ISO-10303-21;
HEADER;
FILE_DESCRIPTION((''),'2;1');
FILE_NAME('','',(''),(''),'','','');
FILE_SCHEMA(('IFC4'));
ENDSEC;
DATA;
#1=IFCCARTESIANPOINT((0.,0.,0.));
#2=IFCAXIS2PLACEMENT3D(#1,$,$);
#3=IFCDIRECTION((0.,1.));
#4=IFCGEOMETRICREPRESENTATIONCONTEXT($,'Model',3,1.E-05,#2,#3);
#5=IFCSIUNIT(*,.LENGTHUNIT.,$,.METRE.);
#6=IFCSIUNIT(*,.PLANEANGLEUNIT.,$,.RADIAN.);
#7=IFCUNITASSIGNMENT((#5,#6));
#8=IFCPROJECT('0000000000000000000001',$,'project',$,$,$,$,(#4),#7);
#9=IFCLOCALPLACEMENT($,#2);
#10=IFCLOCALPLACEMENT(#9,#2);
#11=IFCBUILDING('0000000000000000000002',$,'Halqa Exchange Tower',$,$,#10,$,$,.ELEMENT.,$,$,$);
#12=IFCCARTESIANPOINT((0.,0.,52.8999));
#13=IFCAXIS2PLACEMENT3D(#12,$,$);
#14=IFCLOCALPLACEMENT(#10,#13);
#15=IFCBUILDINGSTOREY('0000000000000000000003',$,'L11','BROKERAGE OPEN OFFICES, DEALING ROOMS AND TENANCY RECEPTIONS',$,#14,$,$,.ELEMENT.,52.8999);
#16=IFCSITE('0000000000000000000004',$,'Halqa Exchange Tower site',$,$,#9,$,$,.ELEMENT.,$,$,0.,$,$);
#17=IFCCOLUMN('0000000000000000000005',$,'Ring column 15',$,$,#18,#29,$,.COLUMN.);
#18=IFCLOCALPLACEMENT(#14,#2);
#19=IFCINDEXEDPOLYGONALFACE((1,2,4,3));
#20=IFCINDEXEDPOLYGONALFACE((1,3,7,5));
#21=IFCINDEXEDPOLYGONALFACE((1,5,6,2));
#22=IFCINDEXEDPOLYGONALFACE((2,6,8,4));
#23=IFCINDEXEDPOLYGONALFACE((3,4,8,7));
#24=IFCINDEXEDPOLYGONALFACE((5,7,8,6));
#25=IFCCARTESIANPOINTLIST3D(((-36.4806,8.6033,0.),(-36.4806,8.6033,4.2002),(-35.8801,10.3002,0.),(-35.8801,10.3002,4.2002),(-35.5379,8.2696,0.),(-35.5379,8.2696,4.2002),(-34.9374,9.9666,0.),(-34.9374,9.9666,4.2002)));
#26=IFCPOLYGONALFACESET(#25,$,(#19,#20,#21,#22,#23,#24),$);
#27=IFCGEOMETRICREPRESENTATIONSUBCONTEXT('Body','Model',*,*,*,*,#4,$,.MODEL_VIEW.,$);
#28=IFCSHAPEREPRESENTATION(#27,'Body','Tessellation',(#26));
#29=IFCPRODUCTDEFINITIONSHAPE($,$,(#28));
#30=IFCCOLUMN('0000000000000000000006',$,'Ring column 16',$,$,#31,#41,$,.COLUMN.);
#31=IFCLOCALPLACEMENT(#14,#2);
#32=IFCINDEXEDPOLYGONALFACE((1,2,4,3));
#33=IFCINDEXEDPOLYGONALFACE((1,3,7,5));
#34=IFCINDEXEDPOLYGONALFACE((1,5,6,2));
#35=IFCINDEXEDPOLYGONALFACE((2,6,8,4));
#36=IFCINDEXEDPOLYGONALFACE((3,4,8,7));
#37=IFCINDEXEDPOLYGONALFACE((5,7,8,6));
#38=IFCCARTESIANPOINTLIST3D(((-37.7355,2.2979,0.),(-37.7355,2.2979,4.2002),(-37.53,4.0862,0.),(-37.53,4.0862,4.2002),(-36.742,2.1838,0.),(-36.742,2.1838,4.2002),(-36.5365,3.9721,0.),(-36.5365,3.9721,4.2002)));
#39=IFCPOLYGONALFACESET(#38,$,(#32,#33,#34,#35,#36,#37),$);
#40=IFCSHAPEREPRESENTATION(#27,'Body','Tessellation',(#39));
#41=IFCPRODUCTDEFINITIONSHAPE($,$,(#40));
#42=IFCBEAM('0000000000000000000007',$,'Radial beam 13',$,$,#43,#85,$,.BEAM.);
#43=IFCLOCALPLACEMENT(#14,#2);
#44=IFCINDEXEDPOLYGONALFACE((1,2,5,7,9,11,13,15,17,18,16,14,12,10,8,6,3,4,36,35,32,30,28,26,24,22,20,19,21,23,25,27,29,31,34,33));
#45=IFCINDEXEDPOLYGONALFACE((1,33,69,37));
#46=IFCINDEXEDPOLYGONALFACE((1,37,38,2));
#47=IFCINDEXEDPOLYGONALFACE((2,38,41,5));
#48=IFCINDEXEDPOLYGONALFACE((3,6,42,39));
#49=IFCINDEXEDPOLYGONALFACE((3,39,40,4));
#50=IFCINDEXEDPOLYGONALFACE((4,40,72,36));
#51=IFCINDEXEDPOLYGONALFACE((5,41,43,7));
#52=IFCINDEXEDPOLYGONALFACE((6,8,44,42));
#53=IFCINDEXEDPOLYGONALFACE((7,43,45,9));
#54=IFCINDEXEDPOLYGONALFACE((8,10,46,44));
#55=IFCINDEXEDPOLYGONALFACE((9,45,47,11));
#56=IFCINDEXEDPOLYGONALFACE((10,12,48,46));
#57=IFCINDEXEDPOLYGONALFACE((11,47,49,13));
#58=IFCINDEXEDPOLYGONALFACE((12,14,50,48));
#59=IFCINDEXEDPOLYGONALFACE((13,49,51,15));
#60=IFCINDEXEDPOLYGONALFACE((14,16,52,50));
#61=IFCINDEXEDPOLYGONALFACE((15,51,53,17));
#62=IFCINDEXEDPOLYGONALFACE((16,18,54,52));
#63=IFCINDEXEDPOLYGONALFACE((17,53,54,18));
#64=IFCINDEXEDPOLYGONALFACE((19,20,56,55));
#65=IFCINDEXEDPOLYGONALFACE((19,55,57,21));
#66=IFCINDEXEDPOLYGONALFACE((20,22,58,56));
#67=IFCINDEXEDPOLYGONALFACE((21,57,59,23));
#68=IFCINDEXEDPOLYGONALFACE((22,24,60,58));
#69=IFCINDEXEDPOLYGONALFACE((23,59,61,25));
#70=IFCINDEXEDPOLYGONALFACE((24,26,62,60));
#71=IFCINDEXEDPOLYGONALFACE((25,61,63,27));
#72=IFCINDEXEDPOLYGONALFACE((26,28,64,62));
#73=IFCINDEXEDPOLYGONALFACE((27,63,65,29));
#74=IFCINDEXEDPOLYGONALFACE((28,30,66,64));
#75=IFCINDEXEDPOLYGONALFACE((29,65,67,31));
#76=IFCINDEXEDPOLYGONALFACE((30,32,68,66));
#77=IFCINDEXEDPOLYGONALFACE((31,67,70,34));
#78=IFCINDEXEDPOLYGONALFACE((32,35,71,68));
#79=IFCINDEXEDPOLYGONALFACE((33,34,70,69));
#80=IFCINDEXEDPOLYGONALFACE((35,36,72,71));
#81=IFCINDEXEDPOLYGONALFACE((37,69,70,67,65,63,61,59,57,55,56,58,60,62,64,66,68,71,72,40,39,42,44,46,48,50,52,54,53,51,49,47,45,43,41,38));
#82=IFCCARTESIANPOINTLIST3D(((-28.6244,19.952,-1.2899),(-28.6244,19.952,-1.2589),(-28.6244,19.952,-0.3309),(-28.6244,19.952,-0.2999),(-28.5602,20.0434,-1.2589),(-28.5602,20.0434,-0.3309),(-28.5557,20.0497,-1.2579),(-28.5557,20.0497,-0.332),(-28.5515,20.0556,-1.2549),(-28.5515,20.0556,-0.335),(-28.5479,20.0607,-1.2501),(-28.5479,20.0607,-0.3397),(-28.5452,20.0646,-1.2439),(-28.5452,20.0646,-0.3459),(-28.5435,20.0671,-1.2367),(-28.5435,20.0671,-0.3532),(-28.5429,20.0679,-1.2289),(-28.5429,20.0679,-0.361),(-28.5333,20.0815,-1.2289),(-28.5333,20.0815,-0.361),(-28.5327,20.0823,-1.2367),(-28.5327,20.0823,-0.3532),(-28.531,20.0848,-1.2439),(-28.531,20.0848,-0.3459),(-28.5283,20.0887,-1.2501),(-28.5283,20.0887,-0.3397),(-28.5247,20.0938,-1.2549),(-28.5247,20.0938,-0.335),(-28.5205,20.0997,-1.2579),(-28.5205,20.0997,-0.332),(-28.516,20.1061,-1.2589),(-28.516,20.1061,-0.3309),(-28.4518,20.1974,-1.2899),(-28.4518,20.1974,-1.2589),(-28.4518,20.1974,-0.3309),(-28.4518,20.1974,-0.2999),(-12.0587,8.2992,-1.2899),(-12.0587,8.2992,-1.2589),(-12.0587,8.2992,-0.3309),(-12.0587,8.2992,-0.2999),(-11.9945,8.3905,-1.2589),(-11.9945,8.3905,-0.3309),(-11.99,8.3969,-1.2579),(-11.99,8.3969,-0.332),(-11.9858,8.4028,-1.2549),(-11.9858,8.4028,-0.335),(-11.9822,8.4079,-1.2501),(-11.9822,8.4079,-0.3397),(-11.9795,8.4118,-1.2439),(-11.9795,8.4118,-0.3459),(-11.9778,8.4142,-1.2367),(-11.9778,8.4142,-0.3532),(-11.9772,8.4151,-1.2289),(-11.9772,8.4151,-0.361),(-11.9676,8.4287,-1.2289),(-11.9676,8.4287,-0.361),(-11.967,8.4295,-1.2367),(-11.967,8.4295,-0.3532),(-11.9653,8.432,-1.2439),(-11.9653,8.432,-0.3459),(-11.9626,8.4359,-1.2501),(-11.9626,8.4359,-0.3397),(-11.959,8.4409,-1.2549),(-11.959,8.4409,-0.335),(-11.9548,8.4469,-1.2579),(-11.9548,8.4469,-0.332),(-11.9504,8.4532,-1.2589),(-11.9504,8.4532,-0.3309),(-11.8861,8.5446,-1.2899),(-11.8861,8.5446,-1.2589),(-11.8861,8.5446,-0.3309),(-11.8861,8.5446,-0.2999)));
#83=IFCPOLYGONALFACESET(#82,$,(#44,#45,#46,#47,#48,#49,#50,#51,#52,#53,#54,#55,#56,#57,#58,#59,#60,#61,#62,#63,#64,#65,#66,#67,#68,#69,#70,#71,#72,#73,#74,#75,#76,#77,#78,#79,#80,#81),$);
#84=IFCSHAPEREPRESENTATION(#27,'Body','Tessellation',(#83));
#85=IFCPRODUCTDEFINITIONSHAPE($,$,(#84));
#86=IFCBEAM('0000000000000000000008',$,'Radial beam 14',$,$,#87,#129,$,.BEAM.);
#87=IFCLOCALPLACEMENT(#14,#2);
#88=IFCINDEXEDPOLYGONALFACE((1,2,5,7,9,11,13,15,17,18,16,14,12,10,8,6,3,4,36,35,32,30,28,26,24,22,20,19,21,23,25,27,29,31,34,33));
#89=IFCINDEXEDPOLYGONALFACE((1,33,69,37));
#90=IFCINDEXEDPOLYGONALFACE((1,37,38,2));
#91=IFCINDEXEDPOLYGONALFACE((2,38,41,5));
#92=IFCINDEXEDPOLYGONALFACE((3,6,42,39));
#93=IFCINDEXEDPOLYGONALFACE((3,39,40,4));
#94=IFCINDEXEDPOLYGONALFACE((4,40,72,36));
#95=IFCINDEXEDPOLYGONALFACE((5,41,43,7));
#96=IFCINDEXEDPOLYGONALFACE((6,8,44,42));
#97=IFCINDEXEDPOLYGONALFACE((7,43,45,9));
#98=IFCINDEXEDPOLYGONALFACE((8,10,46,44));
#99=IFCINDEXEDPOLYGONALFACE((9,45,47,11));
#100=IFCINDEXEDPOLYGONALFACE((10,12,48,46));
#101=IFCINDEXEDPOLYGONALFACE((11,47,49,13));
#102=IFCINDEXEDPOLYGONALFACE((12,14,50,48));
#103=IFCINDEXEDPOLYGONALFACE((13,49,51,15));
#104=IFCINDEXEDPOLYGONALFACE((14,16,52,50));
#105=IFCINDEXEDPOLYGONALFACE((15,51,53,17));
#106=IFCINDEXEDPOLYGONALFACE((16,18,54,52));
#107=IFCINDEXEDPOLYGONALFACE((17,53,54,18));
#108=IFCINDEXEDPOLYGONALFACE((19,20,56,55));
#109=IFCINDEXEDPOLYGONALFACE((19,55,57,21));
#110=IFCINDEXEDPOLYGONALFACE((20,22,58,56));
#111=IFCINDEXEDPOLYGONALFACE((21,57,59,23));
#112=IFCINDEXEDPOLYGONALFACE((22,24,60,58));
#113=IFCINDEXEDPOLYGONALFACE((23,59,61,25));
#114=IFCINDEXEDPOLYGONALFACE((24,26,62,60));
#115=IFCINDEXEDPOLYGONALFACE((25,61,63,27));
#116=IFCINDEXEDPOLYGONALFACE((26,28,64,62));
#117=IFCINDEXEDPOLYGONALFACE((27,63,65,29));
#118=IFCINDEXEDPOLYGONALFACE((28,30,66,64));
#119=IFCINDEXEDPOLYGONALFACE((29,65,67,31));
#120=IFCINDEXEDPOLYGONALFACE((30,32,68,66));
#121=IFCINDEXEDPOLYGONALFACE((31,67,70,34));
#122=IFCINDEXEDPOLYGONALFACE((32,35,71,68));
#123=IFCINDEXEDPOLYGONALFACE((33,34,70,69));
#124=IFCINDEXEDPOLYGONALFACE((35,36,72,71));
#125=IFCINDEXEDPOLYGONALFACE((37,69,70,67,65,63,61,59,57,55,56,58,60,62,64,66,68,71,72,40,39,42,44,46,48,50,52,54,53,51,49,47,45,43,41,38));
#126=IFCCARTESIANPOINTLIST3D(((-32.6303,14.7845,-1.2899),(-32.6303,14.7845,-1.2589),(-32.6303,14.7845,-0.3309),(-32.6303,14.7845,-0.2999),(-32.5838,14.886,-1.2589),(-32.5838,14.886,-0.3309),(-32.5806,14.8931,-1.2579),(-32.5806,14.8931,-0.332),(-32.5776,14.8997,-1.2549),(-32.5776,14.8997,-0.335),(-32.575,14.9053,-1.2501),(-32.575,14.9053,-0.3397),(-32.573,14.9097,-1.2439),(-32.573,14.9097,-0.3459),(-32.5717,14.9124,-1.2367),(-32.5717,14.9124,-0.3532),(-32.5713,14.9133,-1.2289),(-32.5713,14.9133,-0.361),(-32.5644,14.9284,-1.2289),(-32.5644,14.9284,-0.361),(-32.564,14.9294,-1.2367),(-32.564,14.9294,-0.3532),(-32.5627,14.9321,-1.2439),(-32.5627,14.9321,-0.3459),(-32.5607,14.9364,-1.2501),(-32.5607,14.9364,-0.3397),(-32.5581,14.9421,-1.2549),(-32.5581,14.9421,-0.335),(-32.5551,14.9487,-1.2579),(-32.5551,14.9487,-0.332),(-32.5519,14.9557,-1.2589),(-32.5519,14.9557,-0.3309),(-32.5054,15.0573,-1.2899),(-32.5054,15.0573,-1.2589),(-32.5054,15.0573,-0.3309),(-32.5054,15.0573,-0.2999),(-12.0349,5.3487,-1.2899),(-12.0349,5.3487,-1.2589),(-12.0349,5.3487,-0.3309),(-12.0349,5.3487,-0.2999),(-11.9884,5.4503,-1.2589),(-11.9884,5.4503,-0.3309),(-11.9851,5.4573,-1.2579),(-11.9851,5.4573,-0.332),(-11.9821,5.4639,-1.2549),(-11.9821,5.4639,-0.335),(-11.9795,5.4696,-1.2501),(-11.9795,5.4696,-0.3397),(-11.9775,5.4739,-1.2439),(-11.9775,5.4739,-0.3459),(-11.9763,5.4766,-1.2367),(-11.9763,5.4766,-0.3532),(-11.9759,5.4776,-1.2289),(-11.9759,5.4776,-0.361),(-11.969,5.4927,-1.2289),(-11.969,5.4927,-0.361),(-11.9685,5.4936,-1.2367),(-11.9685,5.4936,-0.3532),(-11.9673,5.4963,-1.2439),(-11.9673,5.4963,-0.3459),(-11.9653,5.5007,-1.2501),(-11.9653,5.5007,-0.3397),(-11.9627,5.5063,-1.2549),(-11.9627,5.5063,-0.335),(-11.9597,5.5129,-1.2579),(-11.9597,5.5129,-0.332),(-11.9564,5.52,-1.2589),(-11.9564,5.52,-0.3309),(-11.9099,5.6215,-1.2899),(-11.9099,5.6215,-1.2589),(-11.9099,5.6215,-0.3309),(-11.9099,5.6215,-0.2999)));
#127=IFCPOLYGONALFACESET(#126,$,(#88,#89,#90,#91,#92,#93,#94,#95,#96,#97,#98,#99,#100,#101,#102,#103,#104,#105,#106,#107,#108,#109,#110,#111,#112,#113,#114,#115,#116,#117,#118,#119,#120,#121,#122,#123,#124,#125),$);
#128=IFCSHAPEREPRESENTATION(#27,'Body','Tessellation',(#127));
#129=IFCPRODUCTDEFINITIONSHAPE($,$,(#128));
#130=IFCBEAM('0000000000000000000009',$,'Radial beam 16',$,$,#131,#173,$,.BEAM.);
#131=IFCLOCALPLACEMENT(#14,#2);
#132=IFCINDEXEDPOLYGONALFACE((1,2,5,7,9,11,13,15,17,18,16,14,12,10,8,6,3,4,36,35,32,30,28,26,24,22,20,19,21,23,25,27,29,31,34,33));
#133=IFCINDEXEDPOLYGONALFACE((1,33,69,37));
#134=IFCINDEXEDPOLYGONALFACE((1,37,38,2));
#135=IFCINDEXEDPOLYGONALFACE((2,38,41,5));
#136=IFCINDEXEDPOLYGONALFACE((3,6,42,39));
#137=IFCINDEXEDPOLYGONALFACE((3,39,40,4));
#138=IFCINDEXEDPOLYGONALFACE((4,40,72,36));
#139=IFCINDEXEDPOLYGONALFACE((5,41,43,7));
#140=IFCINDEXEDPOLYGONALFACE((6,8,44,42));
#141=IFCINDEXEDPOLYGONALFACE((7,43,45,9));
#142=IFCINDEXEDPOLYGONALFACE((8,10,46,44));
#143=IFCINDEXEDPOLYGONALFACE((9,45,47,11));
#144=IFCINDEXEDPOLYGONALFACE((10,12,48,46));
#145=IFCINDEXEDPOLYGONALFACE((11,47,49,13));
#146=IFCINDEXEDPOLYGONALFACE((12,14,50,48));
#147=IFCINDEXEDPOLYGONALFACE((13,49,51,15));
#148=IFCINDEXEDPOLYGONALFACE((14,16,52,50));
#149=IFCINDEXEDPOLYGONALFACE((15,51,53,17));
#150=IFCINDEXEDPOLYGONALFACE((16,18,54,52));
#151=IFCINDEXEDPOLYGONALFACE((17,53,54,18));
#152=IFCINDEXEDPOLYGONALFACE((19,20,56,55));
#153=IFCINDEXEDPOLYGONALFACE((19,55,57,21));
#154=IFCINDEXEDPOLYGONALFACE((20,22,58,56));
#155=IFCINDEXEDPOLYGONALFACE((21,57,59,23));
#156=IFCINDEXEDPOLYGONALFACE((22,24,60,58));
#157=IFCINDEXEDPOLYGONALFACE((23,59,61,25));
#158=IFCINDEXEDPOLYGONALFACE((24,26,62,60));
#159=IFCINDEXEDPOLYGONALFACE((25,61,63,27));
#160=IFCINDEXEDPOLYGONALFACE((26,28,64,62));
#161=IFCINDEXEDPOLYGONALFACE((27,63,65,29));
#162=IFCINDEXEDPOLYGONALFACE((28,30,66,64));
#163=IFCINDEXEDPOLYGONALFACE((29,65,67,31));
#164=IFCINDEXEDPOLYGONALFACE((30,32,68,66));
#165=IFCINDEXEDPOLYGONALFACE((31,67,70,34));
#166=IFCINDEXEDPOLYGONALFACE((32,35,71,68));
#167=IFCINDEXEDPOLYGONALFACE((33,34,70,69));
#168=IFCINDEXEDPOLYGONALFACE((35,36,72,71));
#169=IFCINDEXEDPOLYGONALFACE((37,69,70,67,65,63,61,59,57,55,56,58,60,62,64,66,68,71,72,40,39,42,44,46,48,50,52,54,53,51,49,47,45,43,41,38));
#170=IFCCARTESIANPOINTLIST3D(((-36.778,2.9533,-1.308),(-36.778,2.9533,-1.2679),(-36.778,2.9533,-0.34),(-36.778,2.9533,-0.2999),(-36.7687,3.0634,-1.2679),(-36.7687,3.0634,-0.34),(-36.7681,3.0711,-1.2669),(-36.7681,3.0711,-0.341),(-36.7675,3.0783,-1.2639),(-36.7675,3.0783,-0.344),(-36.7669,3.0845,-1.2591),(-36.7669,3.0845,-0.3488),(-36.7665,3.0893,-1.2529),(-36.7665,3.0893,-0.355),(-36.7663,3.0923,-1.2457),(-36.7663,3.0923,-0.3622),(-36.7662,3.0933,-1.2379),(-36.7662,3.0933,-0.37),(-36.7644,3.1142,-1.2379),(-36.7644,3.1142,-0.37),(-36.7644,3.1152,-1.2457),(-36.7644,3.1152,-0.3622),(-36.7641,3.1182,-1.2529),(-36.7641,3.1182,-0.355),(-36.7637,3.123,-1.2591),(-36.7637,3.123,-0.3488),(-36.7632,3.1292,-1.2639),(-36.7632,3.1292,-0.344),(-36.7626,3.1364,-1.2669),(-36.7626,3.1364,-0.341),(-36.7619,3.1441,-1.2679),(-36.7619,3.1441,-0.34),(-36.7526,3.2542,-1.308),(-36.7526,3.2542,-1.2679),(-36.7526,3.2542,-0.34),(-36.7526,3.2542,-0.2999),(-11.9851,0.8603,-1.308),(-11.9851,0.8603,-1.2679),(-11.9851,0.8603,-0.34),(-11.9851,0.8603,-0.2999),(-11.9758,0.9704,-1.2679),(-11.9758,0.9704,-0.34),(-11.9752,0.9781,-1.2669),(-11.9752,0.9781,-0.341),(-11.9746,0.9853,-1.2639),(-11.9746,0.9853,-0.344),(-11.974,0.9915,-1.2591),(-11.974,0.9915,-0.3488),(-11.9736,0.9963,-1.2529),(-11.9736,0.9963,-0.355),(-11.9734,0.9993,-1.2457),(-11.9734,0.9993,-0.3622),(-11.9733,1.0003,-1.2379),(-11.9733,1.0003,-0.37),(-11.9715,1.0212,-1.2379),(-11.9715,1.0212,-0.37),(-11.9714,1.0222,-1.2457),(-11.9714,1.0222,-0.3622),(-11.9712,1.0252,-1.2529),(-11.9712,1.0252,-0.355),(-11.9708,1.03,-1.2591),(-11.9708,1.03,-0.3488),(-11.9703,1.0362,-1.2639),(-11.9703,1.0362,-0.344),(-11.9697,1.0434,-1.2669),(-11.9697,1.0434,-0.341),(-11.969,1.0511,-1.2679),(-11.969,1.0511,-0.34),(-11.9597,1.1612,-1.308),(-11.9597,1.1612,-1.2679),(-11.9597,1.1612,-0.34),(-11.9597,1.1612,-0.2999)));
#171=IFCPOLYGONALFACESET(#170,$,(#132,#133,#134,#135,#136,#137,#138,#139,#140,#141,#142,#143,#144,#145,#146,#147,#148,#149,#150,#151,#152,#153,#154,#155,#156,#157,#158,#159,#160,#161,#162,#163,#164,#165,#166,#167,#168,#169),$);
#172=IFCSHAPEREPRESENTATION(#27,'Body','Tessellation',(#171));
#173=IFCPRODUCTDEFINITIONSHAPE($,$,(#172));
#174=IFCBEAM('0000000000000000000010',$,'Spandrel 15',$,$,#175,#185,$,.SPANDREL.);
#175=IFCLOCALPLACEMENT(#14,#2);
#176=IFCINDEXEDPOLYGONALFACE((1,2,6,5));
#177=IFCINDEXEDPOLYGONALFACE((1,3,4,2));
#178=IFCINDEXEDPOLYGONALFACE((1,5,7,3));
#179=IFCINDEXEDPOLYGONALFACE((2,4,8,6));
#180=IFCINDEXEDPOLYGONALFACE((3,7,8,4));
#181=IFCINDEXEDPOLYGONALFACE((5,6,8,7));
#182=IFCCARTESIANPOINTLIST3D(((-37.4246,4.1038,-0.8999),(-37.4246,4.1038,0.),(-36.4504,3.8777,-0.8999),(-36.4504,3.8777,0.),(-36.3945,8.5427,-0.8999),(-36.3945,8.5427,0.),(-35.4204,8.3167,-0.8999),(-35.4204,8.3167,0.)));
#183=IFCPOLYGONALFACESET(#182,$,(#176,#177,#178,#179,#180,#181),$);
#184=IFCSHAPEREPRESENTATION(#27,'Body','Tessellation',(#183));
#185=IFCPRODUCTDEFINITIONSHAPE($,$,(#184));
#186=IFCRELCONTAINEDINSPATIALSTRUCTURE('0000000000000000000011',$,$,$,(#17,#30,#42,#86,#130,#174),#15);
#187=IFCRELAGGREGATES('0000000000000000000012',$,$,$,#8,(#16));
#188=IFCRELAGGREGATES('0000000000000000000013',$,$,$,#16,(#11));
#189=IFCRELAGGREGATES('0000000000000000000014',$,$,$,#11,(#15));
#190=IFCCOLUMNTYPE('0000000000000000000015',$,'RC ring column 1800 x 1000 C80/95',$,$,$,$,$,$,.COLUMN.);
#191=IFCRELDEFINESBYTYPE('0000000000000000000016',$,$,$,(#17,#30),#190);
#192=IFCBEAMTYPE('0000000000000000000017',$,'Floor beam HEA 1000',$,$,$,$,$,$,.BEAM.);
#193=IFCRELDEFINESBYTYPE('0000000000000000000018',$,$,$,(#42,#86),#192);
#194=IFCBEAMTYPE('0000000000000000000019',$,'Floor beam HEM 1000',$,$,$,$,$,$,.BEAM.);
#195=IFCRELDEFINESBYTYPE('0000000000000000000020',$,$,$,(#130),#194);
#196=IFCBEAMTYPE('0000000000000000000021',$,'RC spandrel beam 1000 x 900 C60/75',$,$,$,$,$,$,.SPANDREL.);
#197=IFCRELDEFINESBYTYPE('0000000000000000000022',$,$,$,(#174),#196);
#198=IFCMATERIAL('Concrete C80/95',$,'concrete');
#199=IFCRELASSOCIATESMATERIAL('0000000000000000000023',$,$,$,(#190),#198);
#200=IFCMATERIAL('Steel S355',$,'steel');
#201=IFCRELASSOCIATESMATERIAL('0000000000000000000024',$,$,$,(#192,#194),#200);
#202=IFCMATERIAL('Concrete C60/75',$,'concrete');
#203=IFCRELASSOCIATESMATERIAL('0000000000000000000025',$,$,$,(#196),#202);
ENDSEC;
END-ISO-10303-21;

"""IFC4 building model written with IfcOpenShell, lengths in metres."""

from ifc_helpers import new_model, si_unit, direction, frame, origin, origin_2d, place, context, subcontext, project, spatial, rectangle, i_section, extrude, material, material_profile, profile_set, type_object, element, save


model = new_model("IFC4")

# Units and contexts
model_context = context("Model", 3, precision=1e-05, world=origin(), true_north=direction((0.0, 1.0)))
body_context = subcontext(model_context, "Body", "Model", "MODEL_VIEW")
ifc_project = project(units=[si_unit("LENGTHUNIT", "METRE"), si_unit("PLANEANGLEUNIT", "RADIAN")], contexts=[model_context])

# Site, building, storey
site_placement = place(None, origin())
site = spatial("IfcSite", under=ifc_project, at=site_placement, Name="Halqa Exchange Tower site", CompositionType="ELEMENT", RefElevation=0.0)
building_placement = place(site_placement, origin())
building = spatial("IfcBuilding", under=site, at=building_placement, Name="Halqa Exchange Tower", CompositionType="ELEMENT")
storey_placement = place(building_placement, frame((0.0, 0.0, 52.8999)))
storey = spatial("IfcBuildingStorey", under=building, at=storey_placement, Name="L11", Description="BROKERAGE OPEN OFFICES, DEALING ROOMS AND TENANCY RECEPTIONS", CompositionType="ELEMENT", Elevation=52.8999)

# Columns
ifc_material_1 = material(Name="Concrete C80/95", Category="concrete")
ifc_material_profile_1 = material_profile(ifc_material_1, rectangle(XDim=1.8, YDim=1.0, at=origin_2d()), Name="1800 x 1000")
ifc_profile_set_1 = profile_set([ifc_material_profile_1], Name="Concrete C80/95")
column_type = type_object("IfcColumnType", Name="RC ring column 1800 x 1000 C80/95", PredefinedType="COLUMN", material=ifc_profile_set_1)
for number, where, z_axis, x_axis, name in (
    (1, (-35.709, 9.2849, 0.0), (0.0, 0.0, 1.0), (-0.333628, -0.942705, 0.0), "Ring column 15"),
    (2, (-37.136, 3.135, 0.0), (0.0, 0.0, 1.0), (-0.114153, -0.993463, 0.0), "Ring column 16"),
):
    element("IfcColumn", number, at=place(storey_placement, frame(where, z_axis=z_axis, x_axis=x_axis)), inside=storey, type_object=column_type, Name=name, PredefinedType="COLUMN", context=body_context, shape_type="SweptSolid", body=[
        extrude(rectangle(XDim=1.8, YDim=1.0, at=origin_2d()), origin(), (0.0, 0.0, 1.0), 4.2002),
    ])

# Beams
ifc_material_2 = material(Name="Steel S355", Category="steel")
ifc_material_profile_2 = material_profile(ifc_material_2, i_section(OverallWidth=0.3, OverallDepth=0.99, WebThickness=0.0166, FlangeThickness=0.031, FilletRadius=0.03, at=origin_2d()), Name="HEA 1000")
ifc_profile_set_2 = profile_set([ifc_material_profile_2], Name="Steel S355")
beam_type_1 = type_object("IfcBeamType", Name="Floor beam HEA 1000", PredefinedType="BEAM", material=ifc_profile_set_2)
beam_1_placement = place(storey_placement, frame((-11.9724, 8.4219, -0.7949), z_axis=(-0.817911, 0.575345, 0.0), x_axis=(-0.575345, -0.817911, 0.0)))
element("IfcBeam", 3, at=beam_1_placement, inside=storey, type_object=beam_type_1, Name="Radial beam 13", PredefinedType="BEAM", context=body_context, shape_type="SweptSolid", body=[
    extrude(i_section(OverallWidth=0.3, OverallDepth=0.99, WebThickness=0.0166, FlangeThickness=0.031, FilletRadius=0.03, at=origin_2d()), origin(), (0.0, 0.0, 1.0), 20.2537),
])
beam_2_placement = place(storey_placement, frame((-11.9724, 5.4851, -0.7949), z_axis=(-0.909128, 0.416516, 0.0), x_axis=(-0.416516, -0.909128, 0.0)))
element("IfcBeam", 4, at=beam_2_placement, inside=storey, type_object=beam_type_1, Name="Radial beam 14", PredefinedType="BEAM", context=body_context, shape_type="SweptSolid", body=[
    extrude(i_section(OverallWidth=0.3, OverallDepth=0.99, WebThickness=0.0166, FlangeThickness=0.031, FilletRadius=0.03, at=origin_2d()), origin(), (0.0, 0.0, 1.0), 22.6541),
])
ifc_material_profile_3 = material_profile(ifc_material_2, i_section(OverallWidth=0.302, OverallDepth=1.0081, WebThickness=0.021, FlangeThickness=0.04, FilletRadius=0.03, at=origin_2d()), Name="HEM 1000")
ifc_profile_set_3 = profile_set([ifc_material_profile_3], Name="Steel S355")
beam_type_2 = type_object("IfcBeamType", Name="Floor beam HEM 1000", PredefinedType="BEAM", material=ifc_profile_set_3)
beam_3_placement = place(storey_placement, frame((-11.9724, 1.0107, -0.804), z_axis=(-0.996456, 0.084121, 0.0), x_axis=(-0.084121, -0.996456, 0.0)))
element("IfcBeam", 5, at=beam_3_placement, inside=storey, type_object=beam_type_2, Name="Radial beam 16", PredefinedType="BEAM", context=body_context, shape_type="SweptSolid", body=[
    extrude(i_section(OverallWidth=0.302, OverallDepth=1.0081, WebThickness=0.021, FlangeThickness=0.04, FilletRadius=0.03, at=origin_2d()), origin(), (0.0, 0.0, 1.0), 24.8811),
])
ifc_material_3 = material(Name="Concrete C60/75", Category="concrete")
ifc_material_profile_4 = material_profile(ifc_material_3, rectangle(XDim=1.0, YDim=0.8999, at=origin_2d()), Name="1000 x 900")
ifc_profile_set_4 = profile_set([ifc_material_profile_4], Name="Concrete C60/75")
beam_type_3 = type_object("IfcBeamType", Name="RC spandrel beam 1000 x 900 C60/75", PredefinedType="SPANDREL", material=ifc_profile_set_4)
beam_4_placement = place(storey_placement, frame((-35.9075, 8.4297, -0.45), z_axis=(-0.226037, -0.974119, 0.0), x_axis=(0.974119, -0.226037, 0.0)))
element("IfcBeam", 6, at=beam_4_placement, inside=storey, type_object=beam_type_3, Name="Spandrel 15", PredefinedType="SPANDREL", context=body_context, shape_type="SweptSolid", body=[
    extrude(rectangle(XDim=1.0, YDim=0.8999, at=origin_2d()), origin(), (0.0, 0.0, 1.0), 4.5569),
])

save(model, "model.ifc")
